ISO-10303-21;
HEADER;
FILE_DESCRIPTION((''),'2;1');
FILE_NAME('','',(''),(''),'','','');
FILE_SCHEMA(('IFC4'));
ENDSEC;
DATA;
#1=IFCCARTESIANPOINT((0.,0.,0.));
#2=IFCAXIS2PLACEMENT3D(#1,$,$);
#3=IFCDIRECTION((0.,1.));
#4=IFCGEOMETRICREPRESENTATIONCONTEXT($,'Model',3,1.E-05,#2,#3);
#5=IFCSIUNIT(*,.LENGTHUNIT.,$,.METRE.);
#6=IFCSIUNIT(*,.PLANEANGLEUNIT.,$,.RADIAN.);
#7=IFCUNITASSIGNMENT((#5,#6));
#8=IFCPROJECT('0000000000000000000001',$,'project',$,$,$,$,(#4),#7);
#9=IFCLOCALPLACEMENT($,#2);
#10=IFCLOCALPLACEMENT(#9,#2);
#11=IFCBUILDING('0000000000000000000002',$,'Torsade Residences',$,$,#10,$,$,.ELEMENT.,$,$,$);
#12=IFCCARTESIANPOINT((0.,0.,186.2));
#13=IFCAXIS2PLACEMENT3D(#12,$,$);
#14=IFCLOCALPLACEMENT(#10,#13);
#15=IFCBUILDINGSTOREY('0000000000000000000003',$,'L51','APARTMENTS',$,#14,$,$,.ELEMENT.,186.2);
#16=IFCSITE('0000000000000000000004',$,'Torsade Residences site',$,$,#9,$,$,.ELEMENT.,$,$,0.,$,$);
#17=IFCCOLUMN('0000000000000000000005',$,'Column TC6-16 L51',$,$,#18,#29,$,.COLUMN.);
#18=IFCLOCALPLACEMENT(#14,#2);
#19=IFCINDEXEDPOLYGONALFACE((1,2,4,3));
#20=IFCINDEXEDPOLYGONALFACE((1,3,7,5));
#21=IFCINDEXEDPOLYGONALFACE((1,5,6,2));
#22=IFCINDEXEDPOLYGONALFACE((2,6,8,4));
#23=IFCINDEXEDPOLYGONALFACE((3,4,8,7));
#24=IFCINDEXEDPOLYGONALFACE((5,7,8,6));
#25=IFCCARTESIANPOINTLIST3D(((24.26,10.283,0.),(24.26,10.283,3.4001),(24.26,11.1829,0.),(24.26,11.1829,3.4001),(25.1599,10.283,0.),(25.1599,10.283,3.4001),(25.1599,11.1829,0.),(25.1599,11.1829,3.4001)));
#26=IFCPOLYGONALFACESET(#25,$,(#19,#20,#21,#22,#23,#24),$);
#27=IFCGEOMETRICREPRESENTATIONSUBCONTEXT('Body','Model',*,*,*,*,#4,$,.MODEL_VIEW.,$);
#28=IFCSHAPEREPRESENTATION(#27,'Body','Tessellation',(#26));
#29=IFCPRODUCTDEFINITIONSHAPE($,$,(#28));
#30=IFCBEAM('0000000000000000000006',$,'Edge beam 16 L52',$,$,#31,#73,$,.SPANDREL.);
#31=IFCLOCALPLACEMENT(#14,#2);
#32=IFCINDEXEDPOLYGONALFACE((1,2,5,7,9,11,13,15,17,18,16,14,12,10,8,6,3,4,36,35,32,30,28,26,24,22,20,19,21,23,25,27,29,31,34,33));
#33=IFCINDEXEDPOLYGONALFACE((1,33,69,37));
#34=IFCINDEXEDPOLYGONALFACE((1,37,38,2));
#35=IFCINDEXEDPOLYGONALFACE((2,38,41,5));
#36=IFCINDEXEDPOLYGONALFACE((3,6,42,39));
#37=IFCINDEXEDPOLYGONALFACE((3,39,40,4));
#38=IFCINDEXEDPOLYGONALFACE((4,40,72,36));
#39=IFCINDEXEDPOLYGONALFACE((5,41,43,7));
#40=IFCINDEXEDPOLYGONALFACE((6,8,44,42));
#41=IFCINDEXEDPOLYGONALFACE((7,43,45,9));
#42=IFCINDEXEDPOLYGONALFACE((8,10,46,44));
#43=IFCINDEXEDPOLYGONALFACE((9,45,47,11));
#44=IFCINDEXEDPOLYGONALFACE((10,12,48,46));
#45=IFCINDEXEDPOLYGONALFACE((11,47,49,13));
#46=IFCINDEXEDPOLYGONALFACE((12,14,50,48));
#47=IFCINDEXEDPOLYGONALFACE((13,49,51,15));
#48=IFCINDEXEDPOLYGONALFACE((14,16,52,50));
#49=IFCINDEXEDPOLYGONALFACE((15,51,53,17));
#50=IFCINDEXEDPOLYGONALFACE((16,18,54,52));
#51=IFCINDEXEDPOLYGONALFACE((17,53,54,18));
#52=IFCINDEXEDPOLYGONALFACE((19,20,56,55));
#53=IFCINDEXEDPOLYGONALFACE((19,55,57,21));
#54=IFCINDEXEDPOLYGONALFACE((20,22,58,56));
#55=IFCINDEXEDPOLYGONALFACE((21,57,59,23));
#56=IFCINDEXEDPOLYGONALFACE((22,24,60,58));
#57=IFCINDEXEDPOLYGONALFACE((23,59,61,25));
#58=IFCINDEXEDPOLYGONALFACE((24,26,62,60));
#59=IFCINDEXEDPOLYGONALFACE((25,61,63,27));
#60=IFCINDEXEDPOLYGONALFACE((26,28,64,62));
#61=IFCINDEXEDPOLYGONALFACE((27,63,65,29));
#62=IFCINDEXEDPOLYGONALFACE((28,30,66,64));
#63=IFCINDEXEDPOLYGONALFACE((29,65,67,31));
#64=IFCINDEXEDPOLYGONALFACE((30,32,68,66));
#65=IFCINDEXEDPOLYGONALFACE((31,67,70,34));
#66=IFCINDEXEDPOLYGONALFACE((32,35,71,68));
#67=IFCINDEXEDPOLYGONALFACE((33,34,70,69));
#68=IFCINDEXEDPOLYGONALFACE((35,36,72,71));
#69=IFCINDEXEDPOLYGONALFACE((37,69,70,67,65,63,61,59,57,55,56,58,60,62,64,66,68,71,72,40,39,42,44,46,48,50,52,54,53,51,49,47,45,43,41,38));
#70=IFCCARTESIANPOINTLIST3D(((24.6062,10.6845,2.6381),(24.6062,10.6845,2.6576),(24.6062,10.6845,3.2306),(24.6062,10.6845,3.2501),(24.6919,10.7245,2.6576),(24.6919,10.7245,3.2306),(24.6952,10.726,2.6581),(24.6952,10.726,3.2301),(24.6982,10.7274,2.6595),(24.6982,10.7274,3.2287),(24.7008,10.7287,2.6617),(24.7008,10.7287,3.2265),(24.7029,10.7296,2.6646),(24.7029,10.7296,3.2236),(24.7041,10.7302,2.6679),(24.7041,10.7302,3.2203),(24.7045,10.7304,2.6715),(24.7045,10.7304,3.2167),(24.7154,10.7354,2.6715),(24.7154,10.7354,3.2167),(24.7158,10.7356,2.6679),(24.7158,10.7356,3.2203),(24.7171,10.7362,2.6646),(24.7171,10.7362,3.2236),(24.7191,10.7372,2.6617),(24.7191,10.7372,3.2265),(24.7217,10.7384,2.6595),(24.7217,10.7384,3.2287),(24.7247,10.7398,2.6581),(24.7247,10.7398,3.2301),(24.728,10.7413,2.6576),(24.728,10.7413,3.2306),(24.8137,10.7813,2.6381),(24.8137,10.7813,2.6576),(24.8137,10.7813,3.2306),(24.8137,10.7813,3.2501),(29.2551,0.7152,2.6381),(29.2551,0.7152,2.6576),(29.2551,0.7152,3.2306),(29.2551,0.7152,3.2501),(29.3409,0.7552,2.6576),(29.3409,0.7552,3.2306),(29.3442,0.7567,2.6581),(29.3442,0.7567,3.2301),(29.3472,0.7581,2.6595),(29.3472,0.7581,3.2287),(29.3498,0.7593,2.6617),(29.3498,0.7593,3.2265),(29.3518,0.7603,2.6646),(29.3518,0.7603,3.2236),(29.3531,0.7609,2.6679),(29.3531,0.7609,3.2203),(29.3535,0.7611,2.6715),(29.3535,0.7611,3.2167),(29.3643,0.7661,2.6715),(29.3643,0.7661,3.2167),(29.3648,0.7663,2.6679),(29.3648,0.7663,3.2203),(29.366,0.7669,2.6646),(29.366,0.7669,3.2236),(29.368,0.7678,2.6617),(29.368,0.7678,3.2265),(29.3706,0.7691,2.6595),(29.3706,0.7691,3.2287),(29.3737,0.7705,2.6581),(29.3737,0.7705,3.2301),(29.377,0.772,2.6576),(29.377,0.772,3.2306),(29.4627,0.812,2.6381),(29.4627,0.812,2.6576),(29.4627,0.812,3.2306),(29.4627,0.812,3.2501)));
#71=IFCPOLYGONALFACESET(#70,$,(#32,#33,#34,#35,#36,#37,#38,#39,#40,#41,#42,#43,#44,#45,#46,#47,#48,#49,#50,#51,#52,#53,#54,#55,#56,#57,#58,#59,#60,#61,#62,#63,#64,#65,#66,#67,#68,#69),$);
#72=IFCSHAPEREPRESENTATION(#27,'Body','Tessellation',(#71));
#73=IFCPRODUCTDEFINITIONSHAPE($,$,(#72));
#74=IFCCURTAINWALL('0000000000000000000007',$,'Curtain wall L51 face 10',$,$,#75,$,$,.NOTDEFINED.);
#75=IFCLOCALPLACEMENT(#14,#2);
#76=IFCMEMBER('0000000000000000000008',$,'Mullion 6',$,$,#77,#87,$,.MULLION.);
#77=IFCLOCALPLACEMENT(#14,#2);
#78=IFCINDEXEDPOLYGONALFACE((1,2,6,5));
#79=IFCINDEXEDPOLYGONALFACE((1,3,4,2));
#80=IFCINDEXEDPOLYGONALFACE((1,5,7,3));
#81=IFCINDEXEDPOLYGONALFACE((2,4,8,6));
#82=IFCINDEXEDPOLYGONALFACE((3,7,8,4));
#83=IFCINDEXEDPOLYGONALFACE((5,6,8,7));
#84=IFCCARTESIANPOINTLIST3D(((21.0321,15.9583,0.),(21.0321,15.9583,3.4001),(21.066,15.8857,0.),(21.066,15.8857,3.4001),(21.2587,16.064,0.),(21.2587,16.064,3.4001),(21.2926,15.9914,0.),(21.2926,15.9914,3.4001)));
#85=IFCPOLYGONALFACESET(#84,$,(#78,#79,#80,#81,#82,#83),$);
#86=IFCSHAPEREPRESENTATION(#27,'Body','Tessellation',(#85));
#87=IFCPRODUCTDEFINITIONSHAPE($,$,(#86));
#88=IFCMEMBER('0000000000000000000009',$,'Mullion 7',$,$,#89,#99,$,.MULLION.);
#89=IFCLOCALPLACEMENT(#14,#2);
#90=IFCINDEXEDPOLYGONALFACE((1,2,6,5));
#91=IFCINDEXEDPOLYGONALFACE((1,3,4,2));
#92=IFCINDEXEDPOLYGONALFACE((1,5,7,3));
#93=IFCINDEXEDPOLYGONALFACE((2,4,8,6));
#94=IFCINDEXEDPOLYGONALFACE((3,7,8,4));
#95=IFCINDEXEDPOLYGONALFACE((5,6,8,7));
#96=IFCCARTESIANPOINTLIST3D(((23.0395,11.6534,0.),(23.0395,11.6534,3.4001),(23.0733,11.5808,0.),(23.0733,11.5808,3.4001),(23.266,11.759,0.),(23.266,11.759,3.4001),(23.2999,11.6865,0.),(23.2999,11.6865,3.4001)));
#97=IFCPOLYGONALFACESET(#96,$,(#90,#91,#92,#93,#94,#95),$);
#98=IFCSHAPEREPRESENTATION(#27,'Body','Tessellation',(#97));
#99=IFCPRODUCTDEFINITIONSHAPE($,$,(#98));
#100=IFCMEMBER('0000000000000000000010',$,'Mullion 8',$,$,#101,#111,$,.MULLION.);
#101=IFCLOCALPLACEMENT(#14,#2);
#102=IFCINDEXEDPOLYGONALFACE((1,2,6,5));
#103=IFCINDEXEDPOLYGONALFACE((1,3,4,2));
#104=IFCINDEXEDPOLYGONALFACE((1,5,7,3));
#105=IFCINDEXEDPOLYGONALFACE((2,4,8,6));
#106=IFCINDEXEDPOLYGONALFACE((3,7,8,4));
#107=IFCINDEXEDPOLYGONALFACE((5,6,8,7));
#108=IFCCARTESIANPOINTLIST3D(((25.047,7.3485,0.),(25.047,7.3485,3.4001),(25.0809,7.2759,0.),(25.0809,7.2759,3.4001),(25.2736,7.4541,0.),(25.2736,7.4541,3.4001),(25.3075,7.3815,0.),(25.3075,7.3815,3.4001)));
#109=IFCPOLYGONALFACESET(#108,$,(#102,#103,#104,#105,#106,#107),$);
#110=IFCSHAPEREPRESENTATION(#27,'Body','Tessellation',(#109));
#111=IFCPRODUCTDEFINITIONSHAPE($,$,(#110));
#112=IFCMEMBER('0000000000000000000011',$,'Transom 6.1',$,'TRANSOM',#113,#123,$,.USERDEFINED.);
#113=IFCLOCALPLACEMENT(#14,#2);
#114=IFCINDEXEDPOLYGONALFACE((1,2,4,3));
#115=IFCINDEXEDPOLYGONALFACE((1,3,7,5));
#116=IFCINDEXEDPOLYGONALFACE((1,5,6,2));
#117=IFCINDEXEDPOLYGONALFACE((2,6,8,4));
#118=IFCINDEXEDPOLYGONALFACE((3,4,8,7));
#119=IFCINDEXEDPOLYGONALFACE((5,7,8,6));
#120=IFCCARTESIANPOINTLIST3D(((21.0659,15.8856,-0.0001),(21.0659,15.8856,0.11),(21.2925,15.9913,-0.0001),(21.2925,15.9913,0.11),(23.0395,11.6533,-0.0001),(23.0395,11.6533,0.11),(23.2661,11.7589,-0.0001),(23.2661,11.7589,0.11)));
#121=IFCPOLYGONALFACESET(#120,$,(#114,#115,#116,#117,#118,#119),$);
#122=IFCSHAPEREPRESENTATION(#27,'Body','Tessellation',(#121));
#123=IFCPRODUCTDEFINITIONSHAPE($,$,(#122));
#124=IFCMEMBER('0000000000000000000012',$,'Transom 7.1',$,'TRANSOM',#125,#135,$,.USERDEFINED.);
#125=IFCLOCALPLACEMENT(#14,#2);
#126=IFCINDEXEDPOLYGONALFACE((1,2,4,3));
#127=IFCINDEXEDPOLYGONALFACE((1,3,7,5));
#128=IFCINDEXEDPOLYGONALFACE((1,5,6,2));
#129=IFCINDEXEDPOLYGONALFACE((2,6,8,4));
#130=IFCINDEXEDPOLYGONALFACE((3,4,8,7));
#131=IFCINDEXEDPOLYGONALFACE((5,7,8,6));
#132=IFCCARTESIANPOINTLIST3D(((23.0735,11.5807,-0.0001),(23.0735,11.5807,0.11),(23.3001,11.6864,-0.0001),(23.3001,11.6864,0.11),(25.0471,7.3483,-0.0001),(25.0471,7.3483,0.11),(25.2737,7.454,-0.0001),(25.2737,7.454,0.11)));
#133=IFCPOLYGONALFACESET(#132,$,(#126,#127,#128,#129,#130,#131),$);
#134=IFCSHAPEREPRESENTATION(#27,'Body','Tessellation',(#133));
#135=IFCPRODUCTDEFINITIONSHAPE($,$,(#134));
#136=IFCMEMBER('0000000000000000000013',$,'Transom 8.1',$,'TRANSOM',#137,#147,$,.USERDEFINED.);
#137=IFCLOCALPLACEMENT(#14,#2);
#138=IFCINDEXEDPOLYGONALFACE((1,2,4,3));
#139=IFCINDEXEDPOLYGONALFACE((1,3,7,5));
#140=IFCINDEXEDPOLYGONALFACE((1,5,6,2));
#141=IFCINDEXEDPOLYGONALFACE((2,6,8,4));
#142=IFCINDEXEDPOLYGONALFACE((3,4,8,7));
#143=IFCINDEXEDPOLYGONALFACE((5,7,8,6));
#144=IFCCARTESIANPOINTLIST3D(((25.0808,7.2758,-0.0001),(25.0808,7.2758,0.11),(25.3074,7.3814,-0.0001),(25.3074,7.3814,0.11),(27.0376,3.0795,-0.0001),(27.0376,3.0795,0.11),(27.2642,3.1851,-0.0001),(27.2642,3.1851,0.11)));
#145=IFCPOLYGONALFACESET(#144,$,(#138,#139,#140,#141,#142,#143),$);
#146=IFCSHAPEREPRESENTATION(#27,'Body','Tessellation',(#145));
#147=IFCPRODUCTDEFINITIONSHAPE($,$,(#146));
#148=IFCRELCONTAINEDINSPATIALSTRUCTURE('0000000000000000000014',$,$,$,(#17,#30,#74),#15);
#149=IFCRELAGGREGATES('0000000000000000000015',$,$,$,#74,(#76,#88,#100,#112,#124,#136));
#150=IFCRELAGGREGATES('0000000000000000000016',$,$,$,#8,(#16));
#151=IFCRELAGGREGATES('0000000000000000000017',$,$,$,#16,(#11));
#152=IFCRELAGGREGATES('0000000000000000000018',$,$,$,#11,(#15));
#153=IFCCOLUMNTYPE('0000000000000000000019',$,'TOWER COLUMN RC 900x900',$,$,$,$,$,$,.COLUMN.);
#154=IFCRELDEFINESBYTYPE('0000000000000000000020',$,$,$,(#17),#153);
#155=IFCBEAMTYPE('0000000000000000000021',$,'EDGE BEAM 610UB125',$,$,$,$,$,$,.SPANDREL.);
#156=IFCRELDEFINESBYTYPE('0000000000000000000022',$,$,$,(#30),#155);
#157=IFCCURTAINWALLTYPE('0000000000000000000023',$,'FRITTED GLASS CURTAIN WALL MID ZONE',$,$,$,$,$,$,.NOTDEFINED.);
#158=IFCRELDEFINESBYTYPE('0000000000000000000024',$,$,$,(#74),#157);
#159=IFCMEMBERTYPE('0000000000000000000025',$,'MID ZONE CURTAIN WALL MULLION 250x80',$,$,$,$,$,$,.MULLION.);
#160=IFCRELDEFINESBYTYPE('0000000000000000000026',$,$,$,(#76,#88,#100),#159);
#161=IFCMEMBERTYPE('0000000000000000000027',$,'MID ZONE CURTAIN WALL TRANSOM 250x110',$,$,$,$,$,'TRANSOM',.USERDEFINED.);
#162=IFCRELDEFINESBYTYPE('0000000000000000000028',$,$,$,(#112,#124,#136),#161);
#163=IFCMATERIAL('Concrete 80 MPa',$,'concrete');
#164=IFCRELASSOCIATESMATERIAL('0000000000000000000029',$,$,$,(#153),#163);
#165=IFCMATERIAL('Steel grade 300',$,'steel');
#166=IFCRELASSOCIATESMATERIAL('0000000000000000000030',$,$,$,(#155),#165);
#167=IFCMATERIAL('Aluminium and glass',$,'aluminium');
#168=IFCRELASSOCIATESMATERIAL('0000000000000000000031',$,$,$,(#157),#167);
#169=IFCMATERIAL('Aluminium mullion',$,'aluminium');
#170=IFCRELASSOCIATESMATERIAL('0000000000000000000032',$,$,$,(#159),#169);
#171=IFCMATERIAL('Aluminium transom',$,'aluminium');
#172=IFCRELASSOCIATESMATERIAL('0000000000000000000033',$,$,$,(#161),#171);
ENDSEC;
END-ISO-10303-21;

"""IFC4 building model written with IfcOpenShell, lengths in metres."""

from ifc_helpers import new_model, si_unit, direction, frame, origin, origin_2d, place, context, subcontext, project, spatial, rectangle, i_section, extrude, material, material_profile, profile_set, type_object, element, aggregate, save


model = new_model("IFC4")

# Units and contexts
model_context = context("Model", 3, precision=1e-05, world=origin(), true_north=direction((0.0, 1.0)))
body_context = subcontext(model_context, "Body", "Model", "MODEL_VIEW")
ifc_project = project(units=[si_unit("LENGTHUNIT", "METRE"), si_unit("PLANEANGLEUNIT", "RADIAN")], contexts=[model_context])

# Site, building, storey
site_placement = place(None, origin())
site = spatial("IfcSite", under=ifc_project, at=site_placement, Name="Torsade Residences site", CompositionType="ELEMENT", RefElevation=0.0)
building_placement = place(site_placement, origin())
building = spatial("IfcBuilding", under=site, at=building_placement, Name="Torsade Residences", CompositionType="ELEMENT")
storey_placement = place(building_placement, frame((0.0, 0.0, 186.2)))
storey = spatial("IfcBuildingStorey", under=building, at=storey_placement, Name="L51", Description="APARTMENTS", CompositionType="ELEMENT", Elevation=186.2)

# Column
ifc_material_1 = material(Name="Concrete 80 MPa", Category="concrete")
ifc_material_profile_1 = material_profile(ifc_material_1, rectangle(XDim=0.8999, YDim=0.8999, at=origin_2d()), Name="RC 900x900")
ifc_profile_set_1 = profile_set([ifc_material_profile_1], Name="Concrete 80 MPa")
column_type = type_object("IfcColumnType", Name="TOWER COLUMN RC 900x900", PredefinedType="COLUMN", material=ifc_profile_set_1)
column_placement = place(storey_placement, frame((24.71, 10.7329, 0.0), z_axis=(0.0, 0.0, 1.0), x_axis=(1.0, 0.0, 0.0)))
element("IfcColumn", 1, at=column_placement, inside=storey, type_object=column_type, Name="Column TC6-16 L51", PredefinedType="COLUMN", context=body_context, shape_type="SweptSolid", body=[
    extrude(rectangle(XDim=0.8999, YDim=0.8999, at=origin_2d()), origin(), (0.0, 0.0, 1.0), 3.4001),
])

# Beam
ifc_material_2 = material(Name="Steel grade 300", Category="steel")
ifc_material_profile_2 = material_profile(ifc_material_2, i_section(OverallWidth=0.229, OverallDepth=0.6121, WebThickness=0.012, FlangeThickness=0.0195, FilletRadius=0.0139, at=origin_2d()), Name="610UB125")
ifc_profile_set_2 = profile_set([ifc_material_profile_2], Name="Steel grade 300")
beam_type_1 = type_object("IfcBeamType", Name="EDGE BEAM 610UB125", PredefinedType="SPANDREL", material=ifc_profile_set_2)
beam_1_placement = place(storey_placement, frame((24.71, 10.7329, 2.9441), z_axis=(0.422633, -0.906301, 0.0), x_axis=(0.906301, 0.422633, 0.0)))
element("IfcBeam", 2, at=beam_1_placement, inside=storey, type_object=beam_type_1, Name="Edge beam 16 L52", PredefinedType="SPANDREL", context=body_context, shape_type="SweptSolid", body=[
    extrude(i_section(OverallWidth=0.229, OverallDepth=0.6121, WebThickness=0.012, FlangeThickness=0.0195, FilletRadius=0.0139, at=origin_2d()), origin(), (0.0, 0.0, 1.0), 11.0),
])

# Curtain wall, members
ifc_material_3 = material(Name="Aluminium and glass", Category="aluminium")
curtain_wall_type = type_object("IfcCurtainWallType", Name="FRITTED GLASS CURTAIN WALL MID ZONE", PredefinedType="NOTDEFINED", material=ifc_material_3)
curtain_wall_placement = place(storey_placement, origin())
curtain_wall = element("IfcCurtainWall", 3, at=curtain_wall_placement, inside=storey, type_object=curtain_wall_type, Name="Curtain wall L51 face 10", PredefinedType="NOTDEFINED")
ifc_material_4 = material(Name="Aluminium mullion", Category="aluminium")
ifc_material_profile_3 = material_profile(ifc_material_4, rectangle(XDim=0.25, YDim=0.0801, at=origin_2d()), Name="MID ZONE CURTAIN WALL MULLION 250x80")
ifc_profile_set_3 = profile_set([ifc_material_profile_3], Name="Aluminium mullion")
member_type_1 = type_object("IfcMemberType", Name="MID ZONE CURTAIN WALL MULLION 250x80", PredefinedType="MULLION", material=ifc_profile_set_3)
member_1_placement = place(storey_placement, frame((21.1624, 15.9749, 0.0), z_axis=(0.0, 0.0, 1.0), x_axis=(0.906308, 0.422618, 0.0)))
member_1 = element("IfcMember", 4, at=member_1_placement, type_object=member_type_1, Name="Mullion 6", PredefinedType="MULLION", context=body_context, shape_type="SweptSolid", body=[
    extrude(rectangle(XDim=0.25, YDim=0.0801, at=origin_2d()), origin(), (0.0, 0.0, 1.0), 3.4001),
])
member_2_placement = place(storey_placement, frame((23.1697, 11.6699, 0.0), z_axis=(0.0, 0.0, 1.0), x_axis=(0.906308, 0.422618, 0.0)))
member_2 = element("IfcMember", 5, at=member_2_placement, type_object=member_type_1, Name="Mullion 7", PredefinedType="MULLION", context=body_context, shape_type="SweptSolid", body=[
    extrude(rectangle(XDim=0.25, YDim=0.0801, at=origin_2d()), origin(), (0.0, 0.0, 1.0), 3.4001),
])
member_3_placement = place(storey_placement, frame((25.1772, 7.365, 0.0), z_axis=(0.0, 0.0, 1.0), x_axis=(0.906308, 0.422618, 0.0)))
member_3 = element("IfcMember", 6, at=member_3_placement, type_object=member_type_1, Name="Mullion 8", PredefinedType="MULLION", context=body_context, shape_type="SweptSolid", body=[
    extrude(rectangle(XDim=0.25, YDim=0.0801, at=origin_2d()), origin(), (0.0, 0.0, 1.0), 3.4001),
])
ifc_material_5 = material(Name="Aluminium transom", Category="aluminium")
ifc_material_profile_4 = material_profile(ifc_material_5, rectangle(XDim=0.25, YDim=0.1101, at=origin_2d()), Name="MID ZONE CURTAIN WALL TRANSOM 250x110")
ifc_profile_set_4 = profile_set([ifc_material_profile_4], Name="Aluminium transom")
member_type_2 = type_object("IfcMemberType", Name="MID ZONE CURTAIN WALL TRANSOM 250x110", ElementType="TRANSOM", PredefinedType="USERDEFINED", material=ifc_profile_set_4)
member_4_placement = place(storey_placement, frame((21.1792, 15.9385, 0.0549), z_axis=(0.422622, -0.906306, 0.0), x_axis=(0.906306, 0.422622, 0.0)))
member_4 = element("IfcMember", 7, at=member_4_placement, type_object=member_type_2, Name="Transom 6.1", ObjectType="TRANSOM", PredefinedType="USERDEFINED", context=body_context, shape_type="SweptSolid", body=[
    extrude(rectangle(XDim=0.25, YDim=0.1101, at=origin_2d()), origin(), (0.0, 0.0, 1.0), 4.6699),
])
member_5_placement = place(storey_placement, frame((23.1868, 11.6335, 0.0549), z_axis=(0.422622, -0.906306, 0.0), x_axis=(0.906306, 0.422622, 0.0)))
member_5 = element("IfcMember", 8, at=member_5_placement, type_object=member_type_2, Name="Transom 7.1", ObjectType="TRANSOM", PredefinedType="USERDEFINED", context=body_context, shape_type="SweptSolid", body=[
    extrude(rectangle(XDim=0.25, YDim=0.1101, at=origin_2d()), origin(), (0.0, 0.0, 1.0), 4.6699),
])
member_6_placement = place(storey_placement, frame((25.1941, 7.3286, 0.0549), z_axis=(0.422623, -0.906306, 0.0), x_axis=(0.906306, 0.422623, 0.0)))
member_6 = element("IfcMember", 9, at=member_6_placement, type_object=member_type_2, Name="Transom 8.1", ObjectType="TRANSOM", PredefinedType="USERDEFINED", context=body_context, shape_type="SweptSolid", body=[
    extrude(rectangle(XDim=0.25, YDim=0.1101, at=origin_2d()), origin(), (0.0, 0.0, 1.0), 4.6301),
])

aggregate(curtain_wall, [member_1, member_2, member_3, member_4, member_5, member_6])

save(model, "model.ifc")
